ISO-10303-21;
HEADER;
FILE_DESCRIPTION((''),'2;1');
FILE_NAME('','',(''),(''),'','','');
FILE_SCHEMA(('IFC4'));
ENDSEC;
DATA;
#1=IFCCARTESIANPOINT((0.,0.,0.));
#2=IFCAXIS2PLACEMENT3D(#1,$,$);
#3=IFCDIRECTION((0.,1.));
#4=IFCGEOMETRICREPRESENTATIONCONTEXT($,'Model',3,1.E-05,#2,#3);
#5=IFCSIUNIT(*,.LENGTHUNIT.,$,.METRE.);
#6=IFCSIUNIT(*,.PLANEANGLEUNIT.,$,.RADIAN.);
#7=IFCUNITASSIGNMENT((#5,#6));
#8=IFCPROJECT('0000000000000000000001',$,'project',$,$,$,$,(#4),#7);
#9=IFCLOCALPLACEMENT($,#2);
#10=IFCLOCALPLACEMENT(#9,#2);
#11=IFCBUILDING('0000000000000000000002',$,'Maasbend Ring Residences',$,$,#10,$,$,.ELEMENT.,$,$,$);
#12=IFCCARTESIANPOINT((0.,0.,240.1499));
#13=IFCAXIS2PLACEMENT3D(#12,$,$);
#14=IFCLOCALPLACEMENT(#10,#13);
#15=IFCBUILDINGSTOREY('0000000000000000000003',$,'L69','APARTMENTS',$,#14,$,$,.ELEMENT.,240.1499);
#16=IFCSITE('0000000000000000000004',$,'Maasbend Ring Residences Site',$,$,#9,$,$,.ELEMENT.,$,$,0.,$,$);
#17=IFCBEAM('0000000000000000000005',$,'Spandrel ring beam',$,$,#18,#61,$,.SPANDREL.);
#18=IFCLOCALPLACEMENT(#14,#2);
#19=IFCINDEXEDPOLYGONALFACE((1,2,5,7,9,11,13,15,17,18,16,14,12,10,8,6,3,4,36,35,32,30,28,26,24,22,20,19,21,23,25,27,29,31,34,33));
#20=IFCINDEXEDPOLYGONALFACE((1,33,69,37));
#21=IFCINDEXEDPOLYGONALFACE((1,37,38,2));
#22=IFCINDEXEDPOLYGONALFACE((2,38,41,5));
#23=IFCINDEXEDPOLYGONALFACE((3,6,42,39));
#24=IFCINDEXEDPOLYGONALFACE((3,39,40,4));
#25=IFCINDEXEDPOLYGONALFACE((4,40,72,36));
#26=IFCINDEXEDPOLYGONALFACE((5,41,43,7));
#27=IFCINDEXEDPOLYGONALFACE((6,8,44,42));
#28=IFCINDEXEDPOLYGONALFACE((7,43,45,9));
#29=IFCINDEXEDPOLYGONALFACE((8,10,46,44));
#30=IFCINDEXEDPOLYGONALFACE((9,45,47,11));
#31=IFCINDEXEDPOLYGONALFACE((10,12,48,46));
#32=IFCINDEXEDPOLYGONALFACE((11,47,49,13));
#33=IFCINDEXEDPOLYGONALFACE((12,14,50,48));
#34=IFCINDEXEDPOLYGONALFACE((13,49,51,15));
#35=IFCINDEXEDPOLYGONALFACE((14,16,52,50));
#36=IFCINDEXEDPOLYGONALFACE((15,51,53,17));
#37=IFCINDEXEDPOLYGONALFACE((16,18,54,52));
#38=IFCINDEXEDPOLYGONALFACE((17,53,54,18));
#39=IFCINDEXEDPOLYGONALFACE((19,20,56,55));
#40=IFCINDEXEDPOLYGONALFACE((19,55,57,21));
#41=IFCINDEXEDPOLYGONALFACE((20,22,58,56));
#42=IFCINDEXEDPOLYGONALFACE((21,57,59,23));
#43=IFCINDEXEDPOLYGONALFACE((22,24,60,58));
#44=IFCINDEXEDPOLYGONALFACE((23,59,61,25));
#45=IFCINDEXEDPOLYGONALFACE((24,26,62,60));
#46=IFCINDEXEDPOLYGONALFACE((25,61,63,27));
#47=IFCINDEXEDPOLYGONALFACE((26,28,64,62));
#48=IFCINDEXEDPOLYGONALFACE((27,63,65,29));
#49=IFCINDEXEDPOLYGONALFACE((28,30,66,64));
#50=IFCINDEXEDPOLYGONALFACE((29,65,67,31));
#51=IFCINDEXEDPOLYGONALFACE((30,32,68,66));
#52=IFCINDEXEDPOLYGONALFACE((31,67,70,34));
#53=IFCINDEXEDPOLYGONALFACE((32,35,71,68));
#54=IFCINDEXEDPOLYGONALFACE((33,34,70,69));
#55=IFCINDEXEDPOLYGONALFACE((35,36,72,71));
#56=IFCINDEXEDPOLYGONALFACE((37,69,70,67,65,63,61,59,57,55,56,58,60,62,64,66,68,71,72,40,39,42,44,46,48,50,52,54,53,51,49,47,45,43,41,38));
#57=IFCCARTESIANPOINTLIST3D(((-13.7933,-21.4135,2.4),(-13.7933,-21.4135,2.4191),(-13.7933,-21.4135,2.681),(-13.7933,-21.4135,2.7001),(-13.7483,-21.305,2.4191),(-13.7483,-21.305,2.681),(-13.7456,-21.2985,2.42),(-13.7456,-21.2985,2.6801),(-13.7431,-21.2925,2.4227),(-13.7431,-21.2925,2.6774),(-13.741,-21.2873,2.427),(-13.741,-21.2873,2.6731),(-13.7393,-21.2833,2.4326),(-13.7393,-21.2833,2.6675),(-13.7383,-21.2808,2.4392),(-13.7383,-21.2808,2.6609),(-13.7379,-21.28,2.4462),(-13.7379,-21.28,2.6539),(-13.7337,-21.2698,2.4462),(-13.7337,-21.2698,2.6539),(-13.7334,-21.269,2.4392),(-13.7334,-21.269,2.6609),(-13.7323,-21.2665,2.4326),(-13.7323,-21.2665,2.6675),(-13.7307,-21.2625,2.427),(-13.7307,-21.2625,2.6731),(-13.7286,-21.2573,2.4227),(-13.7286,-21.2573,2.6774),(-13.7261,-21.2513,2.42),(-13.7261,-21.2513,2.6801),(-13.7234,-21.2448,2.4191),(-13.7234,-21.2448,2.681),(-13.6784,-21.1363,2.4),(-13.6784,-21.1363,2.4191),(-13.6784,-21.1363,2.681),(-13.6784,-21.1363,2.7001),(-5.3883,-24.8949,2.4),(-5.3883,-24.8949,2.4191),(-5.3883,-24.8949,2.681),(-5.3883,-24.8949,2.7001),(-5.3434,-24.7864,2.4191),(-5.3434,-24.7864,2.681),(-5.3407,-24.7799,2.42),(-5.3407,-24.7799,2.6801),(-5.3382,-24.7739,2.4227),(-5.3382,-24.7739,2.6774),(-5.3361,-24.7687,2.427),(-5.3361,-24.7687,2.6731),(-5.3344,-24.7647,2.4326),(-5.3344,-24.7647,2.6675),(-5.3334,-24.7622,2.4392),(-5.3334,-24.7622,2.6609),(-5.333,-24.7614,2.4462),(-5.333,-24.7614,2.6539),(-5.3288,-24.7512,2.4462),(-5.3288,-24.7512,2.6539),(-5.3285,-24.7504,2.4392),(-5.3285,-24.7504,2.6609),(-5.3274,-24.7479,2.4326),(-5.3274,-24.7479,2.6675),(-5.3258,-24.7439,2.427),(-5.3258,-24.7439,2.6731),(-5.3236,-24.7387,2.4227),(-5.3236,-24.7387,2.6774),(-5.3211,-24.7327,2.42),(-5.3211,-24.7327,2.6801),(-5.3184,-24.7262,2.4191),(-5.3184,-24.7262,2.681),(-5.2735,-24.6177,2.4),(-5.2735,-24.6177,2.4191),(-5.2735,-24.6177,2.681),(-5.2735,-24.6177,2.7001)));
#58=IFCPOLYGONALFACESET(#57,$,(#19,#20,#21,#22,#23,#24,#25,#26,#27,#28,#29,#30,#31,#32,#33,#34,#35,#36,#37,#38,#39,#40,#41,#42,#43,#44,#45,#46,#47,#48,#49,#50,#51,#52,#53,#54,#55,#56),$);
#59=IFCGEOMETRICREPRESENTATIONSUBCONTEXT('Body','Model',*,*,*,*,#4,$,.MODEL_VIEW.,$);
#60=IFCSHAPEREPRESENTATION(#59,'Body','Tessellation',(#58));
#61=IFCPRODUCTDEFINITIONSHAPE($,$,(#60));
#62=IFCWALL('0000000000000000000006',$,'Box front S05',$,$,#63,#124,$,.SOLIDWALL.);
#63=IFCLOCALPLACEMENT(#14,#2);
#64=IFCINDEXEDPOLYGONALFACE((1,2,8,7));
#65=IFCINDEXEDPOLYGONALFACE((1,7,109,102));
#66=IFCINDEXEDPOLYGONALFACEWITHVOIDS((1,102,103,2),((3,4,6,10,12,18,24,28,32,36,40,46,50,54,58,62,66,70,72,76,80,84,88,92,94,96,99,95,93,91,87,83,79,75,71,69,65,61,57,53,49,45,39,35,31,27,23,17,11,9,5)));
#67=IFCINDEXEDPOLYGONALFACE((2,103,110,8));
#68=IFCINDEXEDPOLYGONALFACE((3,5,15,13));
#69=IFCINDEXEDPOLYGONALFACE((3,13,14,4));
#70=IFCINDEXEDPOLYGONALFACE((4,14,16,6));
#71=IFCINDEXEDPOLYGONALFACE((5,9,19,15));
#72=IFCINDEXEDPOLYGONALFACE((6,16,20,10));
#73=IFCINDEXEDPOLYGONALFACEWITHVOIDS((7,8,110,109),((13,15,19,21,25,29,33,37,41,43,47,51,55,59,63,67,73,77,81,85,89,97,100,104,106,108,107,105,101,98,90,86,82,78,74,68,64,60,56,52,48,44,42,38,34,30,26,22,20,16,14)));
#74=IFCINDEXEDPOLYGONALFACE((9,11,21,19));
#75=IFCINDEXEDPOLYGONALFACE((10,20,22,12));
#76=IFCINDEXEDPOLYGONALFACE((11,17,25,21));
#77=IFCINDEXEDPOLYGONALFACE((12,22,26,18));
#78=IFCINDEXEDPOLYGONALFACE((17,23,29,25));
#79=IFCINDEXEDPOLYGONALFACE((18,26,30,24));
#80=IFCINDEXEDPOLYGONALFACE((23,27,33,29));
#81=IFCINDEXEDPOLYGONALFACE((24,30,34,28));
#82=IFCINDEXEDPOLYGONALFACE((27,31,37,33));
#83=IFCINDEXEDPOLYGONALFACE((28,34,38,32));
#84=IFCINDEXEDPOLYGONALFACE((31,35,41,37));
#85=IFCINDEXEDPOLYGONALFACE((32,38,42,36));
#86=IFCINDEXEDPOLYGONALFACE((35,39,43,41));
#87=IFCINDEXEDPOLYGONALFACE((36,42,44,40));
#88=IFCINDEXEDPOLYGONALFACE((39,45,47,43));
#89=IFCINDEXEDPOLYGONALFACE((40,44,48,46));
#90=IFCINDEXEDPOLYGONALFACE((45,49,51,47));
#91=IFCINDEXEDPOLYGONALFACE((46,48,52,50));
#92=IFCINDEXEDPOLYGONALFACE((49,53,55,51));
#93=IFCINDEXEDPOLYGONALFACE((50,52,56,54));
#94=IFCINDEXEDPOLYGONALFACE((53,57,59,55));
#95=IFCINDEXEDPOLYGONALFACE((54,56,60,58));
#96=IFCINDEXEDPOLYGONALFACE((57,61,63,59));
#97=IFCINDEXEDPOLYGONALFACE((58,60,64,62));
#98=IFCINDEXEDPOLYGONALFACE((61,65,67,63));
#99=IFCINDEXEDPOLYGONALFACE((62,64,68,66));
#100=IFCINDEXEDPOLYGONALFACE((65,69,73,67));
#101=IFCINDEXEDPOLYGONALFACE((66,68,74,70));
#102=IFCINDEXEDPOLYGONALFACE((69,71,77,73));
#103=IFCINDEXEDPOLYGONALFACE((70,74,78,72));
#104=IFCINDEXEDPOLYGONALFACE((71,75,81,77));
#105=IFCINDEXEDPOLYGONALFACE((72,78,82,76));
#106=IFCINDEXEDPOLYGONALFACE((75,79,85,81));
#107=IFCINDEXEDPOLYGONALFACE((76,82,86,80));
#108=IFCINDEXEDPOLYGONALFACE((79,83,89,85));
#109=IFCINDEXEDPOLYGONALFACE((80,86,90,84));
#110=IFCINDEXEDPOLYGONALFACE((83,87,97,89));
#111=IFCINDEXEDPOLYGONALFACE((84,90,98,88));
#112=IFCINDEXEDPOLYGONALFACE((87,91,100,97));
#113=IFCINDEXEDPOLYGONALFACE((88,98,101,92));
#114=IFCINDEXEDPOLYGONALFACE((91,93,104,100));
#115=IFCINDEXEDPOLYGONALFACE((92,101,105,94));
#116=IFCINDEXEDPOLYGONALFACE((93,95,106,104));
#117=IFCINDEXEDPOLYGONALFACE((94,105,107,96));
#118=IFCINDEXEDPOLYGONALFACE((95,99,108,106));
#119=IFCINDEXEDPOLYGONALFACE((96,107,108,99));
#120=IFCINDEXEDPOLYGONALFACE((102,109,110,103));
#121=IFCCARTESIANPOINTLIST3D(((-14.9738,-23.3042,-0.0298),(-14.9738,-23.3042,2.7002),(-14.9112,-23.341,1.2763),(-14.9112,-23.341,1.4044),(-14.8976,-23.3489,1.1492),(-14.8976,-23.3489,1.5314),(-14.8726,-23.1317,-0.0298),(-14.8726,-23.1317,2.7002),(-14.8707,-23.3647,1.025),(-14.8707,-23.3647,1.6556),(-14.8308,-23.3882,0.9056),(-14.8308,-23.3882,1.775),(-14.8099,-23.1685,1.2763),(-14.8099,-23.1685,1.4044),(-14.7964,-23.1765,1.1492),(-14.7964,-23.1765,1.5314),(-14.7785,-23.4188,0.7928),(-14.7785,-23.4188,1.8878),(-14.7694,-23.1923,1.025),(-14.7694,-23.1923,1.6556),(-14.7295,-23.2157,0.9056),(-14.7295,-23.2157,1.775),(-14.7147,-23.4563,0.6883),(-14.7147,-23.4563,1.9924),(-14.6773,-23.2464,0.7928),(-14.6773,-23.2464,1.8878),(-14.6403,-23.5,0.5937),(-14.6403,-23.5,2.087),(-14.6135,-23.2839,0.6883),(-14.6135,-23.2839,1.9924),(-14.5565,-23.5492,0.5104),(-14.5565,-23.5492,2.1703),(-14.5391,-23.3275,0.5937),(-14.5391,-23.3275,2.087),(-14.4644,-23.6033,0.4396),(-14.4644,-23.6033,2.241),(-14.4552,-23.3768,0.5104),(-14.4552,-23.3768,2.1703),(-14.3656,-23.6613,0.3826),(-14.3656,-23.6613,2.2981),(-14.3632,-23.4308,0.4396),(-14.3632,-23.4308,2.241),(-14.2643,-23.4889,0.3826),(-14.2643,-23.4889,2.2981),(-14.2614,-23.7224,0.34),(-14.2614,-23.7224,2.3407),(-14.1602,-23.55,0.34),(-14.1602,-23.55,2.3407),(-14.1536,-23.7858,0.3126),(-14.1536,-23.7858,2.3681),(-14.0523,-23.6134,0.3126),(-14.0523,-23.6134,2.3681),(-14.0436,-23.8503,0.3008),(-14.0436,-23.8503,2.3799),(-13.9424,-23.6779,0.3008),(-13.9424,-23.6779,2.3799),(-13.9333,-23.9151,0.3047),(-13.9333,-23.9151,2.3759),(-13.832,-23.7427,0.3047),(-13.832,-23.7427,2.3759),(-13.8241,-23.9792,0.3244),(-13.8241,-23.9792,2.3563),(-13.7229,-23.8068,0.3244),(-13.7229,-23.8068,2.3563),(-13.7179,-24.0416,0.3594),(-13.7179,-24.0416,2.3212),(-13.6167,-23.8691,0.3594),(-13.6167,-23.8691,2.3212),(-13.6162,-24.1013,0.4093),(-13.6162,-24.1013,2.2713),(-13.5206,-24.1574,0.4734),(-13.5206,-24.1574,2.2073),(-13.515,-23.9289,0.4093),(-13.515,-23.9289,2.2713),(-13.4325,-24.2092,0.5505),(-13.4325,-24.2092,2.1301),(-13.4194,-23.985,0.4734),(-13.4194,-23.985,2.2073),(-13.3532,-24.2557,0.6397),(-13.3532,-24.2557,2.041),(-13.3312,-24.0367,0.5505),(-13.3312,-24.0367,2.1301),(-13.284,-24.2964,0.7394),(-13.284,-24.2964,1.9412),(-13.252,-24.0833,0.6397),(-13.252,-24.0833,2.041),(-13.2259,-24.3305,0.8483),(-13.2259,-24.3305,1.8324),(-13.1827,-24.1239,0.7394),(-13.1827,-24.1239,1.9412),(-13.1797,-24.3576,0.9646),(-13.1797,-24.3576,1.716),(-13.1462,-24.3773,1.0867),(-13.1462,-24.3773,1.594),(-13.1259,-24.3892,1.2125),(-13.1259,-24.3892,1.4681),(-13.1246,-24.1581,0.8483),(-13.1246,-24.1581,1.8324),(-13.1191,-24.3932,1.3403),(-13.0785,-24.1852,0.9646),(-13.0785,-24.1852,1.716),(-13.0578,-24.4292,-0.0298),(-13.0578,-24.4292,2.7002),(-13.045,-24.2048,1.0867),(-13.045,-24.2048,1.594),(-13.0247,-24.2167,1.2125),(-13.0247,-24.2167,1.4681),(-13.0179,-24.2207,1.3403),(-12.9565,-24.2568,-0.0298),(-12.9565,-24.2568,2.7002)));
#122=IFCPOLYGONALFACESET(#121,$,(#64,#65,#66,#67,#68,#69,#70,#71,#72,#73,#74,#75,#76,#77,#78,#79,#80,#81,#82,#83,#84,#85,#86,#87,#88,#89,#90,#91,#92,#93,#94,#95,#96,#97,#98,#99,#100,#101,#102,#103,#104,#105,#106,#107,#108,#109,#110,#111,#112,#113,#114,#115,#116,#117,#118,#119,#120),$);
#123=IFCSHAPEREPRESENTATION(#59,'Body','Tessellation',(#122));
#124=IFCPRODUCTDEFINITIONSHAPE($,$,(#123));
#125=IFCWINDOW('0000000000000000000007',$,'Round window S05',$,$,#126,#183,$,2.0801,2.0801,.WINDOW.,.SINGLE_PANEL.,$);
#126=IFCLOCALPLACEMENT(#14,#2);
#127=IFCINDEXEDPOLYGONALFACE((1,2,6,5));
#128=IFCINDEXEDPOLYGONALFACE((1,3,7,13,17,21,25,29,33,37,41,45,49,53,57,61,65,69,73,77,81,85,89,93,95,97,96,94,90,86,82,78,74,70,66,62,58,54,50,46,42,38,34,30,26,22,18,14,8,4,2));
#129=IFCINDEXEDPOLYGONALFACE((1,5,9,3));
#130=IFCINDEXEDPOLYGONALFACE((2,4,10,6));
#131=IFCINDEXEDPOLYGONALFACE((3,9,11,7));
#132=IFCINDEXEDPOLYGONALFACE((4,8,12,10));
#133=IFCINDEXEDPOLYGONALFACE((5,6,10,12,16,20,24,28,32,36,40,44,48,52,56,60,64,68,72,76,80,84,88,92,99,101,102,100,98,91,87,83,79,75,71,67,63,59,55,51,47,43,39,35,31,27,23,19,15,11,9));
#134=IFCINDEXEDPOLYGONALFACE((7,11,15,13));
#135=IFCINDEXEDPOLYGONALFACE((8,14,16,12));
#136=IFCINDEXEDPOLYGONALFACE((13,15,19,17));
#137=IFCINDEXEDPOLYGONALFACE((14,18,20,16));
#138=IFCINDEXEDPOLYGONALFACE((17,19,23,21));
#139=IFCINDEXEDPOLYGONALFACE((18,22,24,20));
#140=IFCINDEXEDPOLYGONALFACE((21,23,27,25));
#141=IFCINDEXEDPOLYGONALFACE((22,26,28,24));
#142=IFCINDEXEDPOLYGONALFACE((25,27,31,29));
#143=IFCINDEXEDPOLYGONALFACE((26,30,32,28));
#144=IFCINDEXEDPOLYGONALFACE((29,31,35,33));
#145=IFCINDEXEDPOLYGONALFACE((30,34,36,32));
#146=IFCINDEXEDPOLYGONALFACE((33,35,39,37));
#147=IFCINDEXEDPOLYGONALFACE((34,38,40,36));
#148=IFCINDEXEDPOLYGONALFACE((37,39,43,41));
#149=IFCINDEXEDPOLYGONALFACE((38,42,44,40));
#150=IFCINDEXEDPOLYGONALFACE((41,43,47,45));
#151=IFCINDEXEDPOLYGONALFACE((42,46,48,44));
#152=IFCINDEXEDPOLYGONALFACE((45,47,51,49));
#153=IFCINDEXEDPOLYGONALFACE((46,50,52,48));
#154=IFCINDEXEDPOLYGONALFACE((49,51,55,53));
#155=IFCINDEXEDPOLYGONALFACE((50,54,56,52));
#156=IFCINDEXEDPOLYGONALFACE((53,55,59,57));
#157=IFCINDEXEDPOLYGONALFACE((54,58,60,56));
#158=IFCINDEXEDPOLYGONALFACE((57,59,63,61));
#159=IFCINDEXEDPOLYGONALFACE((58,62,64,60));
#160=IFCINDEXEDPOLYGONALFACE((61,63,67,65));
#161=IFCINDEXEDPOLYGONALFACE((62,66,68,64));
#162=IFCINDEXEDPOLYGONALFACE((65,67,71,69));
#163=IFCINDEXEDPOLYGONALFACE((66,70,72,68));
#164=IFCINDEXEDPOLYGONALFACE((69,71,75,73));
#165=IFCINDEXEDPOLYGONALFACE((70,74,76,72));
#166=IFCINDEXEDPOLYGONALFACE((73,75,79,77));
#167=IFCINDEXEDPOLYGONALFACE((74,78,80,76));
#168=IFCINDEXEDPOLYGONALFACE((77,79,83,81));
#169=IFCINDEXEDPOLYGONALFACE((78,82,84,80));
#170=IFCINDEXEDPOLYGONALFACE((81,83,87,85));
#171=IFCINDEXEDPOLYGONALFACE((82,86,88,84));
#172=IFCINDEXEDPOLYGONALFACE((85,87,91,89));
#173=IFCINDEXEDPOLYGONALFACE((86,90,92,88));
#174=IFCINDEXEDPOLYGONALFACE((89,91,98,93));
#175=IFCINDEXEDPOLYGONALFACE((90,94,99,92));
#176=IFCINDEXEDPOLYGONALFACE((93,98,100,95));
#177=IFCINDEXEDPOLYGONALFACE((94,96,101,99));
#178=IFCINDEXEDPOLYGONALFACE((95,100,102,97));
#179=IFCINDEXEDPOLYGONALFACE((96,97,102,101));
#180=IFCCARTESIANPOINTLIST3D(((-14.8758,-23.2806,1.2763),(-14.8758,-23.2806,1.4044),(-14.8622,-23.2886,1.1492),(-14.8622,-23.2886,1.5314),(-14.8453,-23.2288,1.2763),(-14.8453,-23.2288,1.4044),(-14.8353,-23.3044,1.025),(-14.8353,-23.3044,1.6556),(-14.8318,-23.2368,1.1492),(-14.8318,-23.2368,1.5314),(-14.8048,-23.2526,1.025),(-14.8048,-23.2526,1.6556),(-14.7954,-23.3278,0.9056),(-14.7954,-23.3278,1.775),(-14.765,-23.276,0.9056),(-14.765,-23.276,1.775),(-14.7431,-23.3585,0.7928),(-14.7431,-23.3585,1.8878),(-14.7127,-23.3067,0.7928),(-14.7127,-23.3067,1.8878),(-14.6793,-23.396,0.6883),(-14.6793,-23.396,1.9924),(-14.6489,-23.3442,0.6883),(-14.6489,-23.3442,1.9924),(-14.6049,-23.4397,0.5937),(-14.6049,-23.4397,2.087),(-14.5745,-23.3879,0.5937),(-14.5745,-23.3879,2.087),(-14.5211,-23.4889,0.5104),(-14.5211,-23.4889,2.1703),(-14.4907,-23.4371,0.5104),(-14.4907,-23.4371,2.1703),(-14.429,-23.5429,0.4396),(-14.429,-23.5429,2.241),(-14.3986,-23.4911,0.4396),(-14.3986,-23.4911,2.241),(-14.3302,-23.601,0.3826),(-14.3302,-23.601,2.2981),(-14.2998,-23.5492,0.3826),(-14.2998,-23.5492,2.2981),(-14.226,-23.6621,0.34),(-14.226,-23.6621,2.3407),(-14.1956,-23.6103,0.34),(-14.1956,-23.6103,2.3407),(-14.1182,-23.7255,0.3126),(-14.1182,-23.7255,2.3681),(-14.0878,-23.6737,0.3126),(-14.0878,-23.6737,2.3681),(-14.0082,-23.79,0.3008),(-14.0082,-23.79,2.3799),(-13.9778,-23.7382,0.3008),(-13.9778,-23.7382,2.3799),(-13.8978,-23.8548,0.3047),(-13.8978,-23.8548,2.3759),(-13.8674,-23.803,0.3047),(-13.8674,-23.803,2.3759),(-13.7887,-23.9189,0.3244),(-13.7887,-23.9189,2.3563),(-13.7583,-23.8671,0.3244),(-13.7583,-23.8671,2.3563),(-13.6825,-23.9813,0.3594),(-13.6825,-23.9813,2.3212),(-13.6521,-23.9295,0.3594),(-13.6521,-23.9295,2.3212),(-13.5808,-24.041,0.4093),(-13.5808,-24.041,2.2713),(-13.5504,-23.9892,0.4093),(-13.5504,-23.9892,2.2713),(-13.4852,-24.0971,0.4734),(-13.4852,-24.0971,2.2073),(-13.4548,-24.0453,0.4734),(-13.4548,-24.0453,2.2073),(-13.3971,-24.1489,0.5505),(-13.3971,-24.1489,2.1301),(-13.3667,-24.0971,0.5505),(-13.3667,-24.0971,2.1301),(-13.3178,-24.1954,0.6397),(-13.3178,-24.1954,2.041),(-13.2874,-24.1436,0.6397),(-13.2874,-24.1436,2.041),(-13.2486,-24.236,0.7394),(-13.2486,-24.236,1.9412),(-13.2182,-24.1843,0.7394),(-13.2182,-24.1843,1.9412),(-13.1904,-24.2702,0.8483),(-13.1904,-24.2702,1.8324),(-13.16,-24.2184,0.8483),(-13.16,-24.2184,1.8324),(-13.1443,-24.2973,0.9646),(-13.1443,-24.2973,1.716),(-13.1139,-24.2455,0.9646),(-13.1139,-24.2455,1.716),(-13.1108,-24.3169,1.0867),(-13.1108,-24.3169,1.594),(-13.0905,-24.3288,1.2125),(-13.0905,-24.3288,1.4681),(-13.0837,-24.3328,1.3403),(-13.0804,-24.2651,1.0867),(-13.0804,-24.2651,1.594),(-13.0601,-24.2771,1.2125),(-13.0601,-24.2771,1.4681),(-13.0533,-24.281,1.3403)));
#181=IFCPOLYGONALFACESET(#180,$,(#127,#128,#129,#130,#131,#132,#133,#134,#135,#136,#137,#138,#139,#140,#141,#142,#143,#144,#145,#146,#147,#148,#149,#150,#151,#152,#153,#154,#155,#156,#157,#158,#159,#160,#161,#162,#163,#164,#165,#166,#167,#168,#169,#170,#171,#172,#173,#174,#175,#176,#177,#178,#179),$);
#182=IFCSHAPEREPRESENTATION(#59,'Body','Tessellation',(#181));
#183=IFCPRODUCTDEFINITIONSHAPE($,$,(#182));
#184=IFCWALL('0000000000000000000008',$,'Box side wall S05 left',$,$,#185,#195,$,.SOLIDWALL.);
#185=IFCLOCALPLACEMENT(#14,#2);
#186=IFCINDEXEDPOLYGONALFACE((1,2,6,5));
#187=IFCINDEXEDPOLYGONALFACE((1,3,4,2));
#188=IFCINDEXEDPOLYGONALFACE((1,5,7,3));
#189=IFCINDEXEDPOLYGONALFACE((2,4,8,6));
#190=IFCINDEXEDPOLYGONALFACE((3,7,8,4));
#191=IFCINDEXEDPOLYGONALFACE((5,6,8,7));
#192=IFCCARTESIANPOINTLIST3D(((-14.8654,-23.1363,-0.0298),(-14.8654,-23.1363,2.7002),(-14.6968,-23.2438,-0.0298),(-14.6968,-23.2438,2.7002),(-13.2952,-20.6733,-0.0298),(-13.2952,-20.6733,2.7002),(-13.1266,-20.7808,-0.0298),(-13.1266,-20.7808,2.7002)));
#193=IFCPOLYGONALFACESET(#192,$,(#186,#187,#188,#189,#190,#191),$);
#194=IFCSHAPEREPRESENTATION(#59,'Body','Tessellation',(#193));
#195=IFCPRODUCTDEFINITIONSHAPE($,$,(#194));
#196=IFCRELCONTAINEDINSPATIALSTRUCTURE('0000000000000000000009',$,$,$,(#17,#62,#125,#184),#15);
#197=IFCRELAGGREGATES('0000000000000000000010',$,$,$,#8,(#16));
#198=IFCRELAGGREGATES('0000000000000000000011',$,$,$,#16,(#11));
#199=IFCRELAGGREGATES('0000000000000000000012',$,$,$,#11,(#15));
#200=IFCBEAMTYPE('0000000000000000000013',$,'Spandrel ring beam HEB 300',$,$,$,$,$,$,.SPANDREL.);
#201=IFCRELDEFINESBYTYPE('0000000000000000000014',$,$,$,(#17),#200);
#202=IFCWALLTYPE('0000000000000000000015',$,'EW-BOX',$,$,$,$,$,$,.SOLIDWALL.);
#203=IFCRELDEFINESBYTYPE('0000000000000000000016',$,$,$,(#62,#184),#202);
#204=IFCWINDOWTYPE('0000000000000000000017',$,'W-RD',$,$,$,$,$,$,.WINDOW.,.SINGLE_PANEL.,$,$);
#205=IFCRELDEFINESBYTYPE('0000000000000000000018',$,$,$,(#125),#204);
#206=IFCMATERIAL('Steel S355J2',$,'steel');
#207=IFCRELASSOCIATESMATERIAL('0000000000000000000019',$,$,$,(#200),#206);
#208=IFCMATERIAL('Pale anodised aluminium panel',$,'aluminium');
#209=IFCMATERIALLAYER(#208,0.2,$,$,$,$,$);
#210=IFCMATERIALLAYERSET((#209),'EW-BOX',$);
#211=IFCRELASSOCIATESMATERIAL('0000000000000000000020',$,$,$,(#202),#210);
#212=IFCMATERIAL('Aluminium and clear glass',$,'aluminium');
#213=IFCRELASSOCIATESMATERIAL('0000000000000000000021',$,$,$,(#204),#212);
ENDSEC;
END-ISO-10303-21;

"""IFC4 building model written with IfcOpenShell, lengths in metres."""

from ifc_helpers import new_model, si_unit, direction, frame, frame_2d, origin, origin_2d, place, context, subcontext, project, spatial, rectangle, circle, i_section, extrude, material, layer, layer_set, material_profile, profile_set, type_object, element, fill, save


model = new_model("IFC4")

# Units and contexts
model_context = context("Model", 3, precision=1e-05, world=origin(), true_north=direction((0.0, 1.0)))
body_context = subcontext(model_context, "Body", "Model", "MODEL_VIEW")
ifc_project = project(units=[si_unit("LENGTHUNIT", "METRE"), si_unit("PLANEANGLEUNIT", "RADIAN")], contexts=[model_context])

# Site, building, storey
site_placement = place(None, origin())
site = spatial("IfcSite", under=ifc_project, at=site_placement, Name="Maasbend Ring Residences Site", CompositionType="ELEMENT", RefElevation=0.0)
building_placement = place(site_placement, origin())
building = spatial("IfcBuilding", under=site, at=building_placement, Name="Maasbend Ring Residences", CompositionType="ELEMENT")
storey_placement = place(building_placement, frame((0.0, 0.0, 240.1499)))
storey = spatial("IfcBuildingStorey", under=building, at=storey_placement, Name="L69", Description="APARTMENTS", CompositionType="ELEMENT", Elevation=240.1499)

# Beam
ifc_material_1 = material(Name="Steel S355J2", Category="steel")
ifc_material_profile_1 = material_profile(ifc_material_1, i_section(OverallWidth=0.3, OverallDepth=0.3, WebThickness=0.011, FlangeThickness=0.019, FilletRadius=0.0271, at=origin_2d()), Name="HEB 300")
ifc_profile_set_1 = profile_set([ifc_material_profile_1], Name="Steel S355J2")
beam_type_1 = type_object("IfcBeamType", Name="Spandrel ring beam HEB 300", PredefinedType="SPANDREL", material=ifc_profile_set_1)
beam_1_placement = place(storey_placement, frame((-13.7358, -21.2749, 2.55), z_axis=(0.923881, -0.38268, 0.0), x_axis=(0.38268, 0.923881, 0.0)))
element("IfcBeam", 1, at=beam_1_placement, inside=storey, type_object=beam_type_1, Name="Spandrel ring beam", PredefinedType="SPANDREL", context=body_context, shape_type="SweptSolid", body=[
    extrude(i_section(OverallWidth=0.3, OverallDepth=0.3, WebThickness=0.011, FlangeThickness=0.019, FilletRadius=0.0271, at=origin_2d()), origin(), (0.0, 0.0, 1.0), 9.0974),
])

# Wall, opening, window
ifc_material_2 = material(Name="Pale anodised aluminium panel", Category="aluminium")
ifc_layer_1 = layer(ifc_material_2, 0.2)
ifc_layer_set_1 = layer_set([ifc_layer_1], Name="EW-BOX")
wall_type_1 = type_object("IfcWallType", Name="EW-BOX", PredefinedType="SOLIDWALL", material=ifc_layer_set_1)
wall_1_placement = place(storey_placement, frame((-14.9231, -23.218, -0.0298), z_axis=(0.0, 0.0, 1.0), x_axis=(0.862341, -0.506328, 0.0)))
wall_1 = element("IfcWall", 2, at=wall_1_placement, inside=storey, type_object=wall_type_1, Name="Box front S05", PredefinedType="SOLIDWALL", context=body_context, shape_type="SweptSolid", body=[
    extrude(rectangle(XDim=2.2219, YDim=0.2, at=frame_2d((1.1108, 0.0))), origin(), (0.0, 0.0, 1.0), 2.73),
])
opening_1_placement = place(wall_1_placement, frame((0.0706, 0.0, 0.3301)))
opening_1 = element("IfcOpeningElement", 3, at=opening_1_placement, cuts=wall_1, PredefinedType="OPENING", context=body_context, shape_type="SweptSolid", body=[
    extrude(circle(Radius=1.04, at=frame_2d((1.04, 1.04))), frame((0.0, 0.1099, 0.0), z_axis=(0.0, -1.0, 0.0), x_axis=(1.0, 0.0, 0.0)), (0.0, 0.0, 1.0), 0.22),
])
ifc_material_3 = material(Name="Aluminium and clear glass", Category="aluminium")
window_type_1 = type_object("IfcWindowType", Name="W-RD", PartitioningType="SINGLE_PANEL", PredefinedType="WINDOW", material=ifc_material_3)
window_1_placement = place(opening_1_placement, origin())
window_1 = element("IfcWindow", 4, at=window_1_placement, inside=storey, type_object=window_type_1, Name="Round window S05", OverallHeight=2.0801, OverallWidth=2.0801, PartitioningType="SINGLE_PANEL", PredefinedType="WINDOW", context=body_context, shape_type="SweptSolid", body=[
    extrude(circle(Radius=1.04, at=frame_2d((1.04, 1.04))), frame((0.0, 0.03, 0.0), z_axis=(0.0, -1.0, 0.0), x_axis=(1.0, 0.0, 0.0)), (0.0, 0.0, 1.0), 0.0601),
])
fill(opening_1, window_1)

# Wall
wall_2_placement = place(storey_placement, frame((-13.2109, -20.7271, -0.0298), z_axis=(0.0, 0.0, 1.0), x_axis=(-0.537551, -0.843231, 0.0)))
element("IfcWall", 5, at=wall_2_placement, inside=storey, type_object=wall_type_1, Name="Box side wall S05 left", PredefinedType="SOLIDWALL", context=body_context, shape_type="SweptSolid", body=[
    extrude(rectangle(XDim=2.9209, YDim=0.2, at=frame_2d((1.4604, 0.0))), origin(), (0.0, 0.0, 1.0), 2.73),
])

save(model, "model.ifc")
